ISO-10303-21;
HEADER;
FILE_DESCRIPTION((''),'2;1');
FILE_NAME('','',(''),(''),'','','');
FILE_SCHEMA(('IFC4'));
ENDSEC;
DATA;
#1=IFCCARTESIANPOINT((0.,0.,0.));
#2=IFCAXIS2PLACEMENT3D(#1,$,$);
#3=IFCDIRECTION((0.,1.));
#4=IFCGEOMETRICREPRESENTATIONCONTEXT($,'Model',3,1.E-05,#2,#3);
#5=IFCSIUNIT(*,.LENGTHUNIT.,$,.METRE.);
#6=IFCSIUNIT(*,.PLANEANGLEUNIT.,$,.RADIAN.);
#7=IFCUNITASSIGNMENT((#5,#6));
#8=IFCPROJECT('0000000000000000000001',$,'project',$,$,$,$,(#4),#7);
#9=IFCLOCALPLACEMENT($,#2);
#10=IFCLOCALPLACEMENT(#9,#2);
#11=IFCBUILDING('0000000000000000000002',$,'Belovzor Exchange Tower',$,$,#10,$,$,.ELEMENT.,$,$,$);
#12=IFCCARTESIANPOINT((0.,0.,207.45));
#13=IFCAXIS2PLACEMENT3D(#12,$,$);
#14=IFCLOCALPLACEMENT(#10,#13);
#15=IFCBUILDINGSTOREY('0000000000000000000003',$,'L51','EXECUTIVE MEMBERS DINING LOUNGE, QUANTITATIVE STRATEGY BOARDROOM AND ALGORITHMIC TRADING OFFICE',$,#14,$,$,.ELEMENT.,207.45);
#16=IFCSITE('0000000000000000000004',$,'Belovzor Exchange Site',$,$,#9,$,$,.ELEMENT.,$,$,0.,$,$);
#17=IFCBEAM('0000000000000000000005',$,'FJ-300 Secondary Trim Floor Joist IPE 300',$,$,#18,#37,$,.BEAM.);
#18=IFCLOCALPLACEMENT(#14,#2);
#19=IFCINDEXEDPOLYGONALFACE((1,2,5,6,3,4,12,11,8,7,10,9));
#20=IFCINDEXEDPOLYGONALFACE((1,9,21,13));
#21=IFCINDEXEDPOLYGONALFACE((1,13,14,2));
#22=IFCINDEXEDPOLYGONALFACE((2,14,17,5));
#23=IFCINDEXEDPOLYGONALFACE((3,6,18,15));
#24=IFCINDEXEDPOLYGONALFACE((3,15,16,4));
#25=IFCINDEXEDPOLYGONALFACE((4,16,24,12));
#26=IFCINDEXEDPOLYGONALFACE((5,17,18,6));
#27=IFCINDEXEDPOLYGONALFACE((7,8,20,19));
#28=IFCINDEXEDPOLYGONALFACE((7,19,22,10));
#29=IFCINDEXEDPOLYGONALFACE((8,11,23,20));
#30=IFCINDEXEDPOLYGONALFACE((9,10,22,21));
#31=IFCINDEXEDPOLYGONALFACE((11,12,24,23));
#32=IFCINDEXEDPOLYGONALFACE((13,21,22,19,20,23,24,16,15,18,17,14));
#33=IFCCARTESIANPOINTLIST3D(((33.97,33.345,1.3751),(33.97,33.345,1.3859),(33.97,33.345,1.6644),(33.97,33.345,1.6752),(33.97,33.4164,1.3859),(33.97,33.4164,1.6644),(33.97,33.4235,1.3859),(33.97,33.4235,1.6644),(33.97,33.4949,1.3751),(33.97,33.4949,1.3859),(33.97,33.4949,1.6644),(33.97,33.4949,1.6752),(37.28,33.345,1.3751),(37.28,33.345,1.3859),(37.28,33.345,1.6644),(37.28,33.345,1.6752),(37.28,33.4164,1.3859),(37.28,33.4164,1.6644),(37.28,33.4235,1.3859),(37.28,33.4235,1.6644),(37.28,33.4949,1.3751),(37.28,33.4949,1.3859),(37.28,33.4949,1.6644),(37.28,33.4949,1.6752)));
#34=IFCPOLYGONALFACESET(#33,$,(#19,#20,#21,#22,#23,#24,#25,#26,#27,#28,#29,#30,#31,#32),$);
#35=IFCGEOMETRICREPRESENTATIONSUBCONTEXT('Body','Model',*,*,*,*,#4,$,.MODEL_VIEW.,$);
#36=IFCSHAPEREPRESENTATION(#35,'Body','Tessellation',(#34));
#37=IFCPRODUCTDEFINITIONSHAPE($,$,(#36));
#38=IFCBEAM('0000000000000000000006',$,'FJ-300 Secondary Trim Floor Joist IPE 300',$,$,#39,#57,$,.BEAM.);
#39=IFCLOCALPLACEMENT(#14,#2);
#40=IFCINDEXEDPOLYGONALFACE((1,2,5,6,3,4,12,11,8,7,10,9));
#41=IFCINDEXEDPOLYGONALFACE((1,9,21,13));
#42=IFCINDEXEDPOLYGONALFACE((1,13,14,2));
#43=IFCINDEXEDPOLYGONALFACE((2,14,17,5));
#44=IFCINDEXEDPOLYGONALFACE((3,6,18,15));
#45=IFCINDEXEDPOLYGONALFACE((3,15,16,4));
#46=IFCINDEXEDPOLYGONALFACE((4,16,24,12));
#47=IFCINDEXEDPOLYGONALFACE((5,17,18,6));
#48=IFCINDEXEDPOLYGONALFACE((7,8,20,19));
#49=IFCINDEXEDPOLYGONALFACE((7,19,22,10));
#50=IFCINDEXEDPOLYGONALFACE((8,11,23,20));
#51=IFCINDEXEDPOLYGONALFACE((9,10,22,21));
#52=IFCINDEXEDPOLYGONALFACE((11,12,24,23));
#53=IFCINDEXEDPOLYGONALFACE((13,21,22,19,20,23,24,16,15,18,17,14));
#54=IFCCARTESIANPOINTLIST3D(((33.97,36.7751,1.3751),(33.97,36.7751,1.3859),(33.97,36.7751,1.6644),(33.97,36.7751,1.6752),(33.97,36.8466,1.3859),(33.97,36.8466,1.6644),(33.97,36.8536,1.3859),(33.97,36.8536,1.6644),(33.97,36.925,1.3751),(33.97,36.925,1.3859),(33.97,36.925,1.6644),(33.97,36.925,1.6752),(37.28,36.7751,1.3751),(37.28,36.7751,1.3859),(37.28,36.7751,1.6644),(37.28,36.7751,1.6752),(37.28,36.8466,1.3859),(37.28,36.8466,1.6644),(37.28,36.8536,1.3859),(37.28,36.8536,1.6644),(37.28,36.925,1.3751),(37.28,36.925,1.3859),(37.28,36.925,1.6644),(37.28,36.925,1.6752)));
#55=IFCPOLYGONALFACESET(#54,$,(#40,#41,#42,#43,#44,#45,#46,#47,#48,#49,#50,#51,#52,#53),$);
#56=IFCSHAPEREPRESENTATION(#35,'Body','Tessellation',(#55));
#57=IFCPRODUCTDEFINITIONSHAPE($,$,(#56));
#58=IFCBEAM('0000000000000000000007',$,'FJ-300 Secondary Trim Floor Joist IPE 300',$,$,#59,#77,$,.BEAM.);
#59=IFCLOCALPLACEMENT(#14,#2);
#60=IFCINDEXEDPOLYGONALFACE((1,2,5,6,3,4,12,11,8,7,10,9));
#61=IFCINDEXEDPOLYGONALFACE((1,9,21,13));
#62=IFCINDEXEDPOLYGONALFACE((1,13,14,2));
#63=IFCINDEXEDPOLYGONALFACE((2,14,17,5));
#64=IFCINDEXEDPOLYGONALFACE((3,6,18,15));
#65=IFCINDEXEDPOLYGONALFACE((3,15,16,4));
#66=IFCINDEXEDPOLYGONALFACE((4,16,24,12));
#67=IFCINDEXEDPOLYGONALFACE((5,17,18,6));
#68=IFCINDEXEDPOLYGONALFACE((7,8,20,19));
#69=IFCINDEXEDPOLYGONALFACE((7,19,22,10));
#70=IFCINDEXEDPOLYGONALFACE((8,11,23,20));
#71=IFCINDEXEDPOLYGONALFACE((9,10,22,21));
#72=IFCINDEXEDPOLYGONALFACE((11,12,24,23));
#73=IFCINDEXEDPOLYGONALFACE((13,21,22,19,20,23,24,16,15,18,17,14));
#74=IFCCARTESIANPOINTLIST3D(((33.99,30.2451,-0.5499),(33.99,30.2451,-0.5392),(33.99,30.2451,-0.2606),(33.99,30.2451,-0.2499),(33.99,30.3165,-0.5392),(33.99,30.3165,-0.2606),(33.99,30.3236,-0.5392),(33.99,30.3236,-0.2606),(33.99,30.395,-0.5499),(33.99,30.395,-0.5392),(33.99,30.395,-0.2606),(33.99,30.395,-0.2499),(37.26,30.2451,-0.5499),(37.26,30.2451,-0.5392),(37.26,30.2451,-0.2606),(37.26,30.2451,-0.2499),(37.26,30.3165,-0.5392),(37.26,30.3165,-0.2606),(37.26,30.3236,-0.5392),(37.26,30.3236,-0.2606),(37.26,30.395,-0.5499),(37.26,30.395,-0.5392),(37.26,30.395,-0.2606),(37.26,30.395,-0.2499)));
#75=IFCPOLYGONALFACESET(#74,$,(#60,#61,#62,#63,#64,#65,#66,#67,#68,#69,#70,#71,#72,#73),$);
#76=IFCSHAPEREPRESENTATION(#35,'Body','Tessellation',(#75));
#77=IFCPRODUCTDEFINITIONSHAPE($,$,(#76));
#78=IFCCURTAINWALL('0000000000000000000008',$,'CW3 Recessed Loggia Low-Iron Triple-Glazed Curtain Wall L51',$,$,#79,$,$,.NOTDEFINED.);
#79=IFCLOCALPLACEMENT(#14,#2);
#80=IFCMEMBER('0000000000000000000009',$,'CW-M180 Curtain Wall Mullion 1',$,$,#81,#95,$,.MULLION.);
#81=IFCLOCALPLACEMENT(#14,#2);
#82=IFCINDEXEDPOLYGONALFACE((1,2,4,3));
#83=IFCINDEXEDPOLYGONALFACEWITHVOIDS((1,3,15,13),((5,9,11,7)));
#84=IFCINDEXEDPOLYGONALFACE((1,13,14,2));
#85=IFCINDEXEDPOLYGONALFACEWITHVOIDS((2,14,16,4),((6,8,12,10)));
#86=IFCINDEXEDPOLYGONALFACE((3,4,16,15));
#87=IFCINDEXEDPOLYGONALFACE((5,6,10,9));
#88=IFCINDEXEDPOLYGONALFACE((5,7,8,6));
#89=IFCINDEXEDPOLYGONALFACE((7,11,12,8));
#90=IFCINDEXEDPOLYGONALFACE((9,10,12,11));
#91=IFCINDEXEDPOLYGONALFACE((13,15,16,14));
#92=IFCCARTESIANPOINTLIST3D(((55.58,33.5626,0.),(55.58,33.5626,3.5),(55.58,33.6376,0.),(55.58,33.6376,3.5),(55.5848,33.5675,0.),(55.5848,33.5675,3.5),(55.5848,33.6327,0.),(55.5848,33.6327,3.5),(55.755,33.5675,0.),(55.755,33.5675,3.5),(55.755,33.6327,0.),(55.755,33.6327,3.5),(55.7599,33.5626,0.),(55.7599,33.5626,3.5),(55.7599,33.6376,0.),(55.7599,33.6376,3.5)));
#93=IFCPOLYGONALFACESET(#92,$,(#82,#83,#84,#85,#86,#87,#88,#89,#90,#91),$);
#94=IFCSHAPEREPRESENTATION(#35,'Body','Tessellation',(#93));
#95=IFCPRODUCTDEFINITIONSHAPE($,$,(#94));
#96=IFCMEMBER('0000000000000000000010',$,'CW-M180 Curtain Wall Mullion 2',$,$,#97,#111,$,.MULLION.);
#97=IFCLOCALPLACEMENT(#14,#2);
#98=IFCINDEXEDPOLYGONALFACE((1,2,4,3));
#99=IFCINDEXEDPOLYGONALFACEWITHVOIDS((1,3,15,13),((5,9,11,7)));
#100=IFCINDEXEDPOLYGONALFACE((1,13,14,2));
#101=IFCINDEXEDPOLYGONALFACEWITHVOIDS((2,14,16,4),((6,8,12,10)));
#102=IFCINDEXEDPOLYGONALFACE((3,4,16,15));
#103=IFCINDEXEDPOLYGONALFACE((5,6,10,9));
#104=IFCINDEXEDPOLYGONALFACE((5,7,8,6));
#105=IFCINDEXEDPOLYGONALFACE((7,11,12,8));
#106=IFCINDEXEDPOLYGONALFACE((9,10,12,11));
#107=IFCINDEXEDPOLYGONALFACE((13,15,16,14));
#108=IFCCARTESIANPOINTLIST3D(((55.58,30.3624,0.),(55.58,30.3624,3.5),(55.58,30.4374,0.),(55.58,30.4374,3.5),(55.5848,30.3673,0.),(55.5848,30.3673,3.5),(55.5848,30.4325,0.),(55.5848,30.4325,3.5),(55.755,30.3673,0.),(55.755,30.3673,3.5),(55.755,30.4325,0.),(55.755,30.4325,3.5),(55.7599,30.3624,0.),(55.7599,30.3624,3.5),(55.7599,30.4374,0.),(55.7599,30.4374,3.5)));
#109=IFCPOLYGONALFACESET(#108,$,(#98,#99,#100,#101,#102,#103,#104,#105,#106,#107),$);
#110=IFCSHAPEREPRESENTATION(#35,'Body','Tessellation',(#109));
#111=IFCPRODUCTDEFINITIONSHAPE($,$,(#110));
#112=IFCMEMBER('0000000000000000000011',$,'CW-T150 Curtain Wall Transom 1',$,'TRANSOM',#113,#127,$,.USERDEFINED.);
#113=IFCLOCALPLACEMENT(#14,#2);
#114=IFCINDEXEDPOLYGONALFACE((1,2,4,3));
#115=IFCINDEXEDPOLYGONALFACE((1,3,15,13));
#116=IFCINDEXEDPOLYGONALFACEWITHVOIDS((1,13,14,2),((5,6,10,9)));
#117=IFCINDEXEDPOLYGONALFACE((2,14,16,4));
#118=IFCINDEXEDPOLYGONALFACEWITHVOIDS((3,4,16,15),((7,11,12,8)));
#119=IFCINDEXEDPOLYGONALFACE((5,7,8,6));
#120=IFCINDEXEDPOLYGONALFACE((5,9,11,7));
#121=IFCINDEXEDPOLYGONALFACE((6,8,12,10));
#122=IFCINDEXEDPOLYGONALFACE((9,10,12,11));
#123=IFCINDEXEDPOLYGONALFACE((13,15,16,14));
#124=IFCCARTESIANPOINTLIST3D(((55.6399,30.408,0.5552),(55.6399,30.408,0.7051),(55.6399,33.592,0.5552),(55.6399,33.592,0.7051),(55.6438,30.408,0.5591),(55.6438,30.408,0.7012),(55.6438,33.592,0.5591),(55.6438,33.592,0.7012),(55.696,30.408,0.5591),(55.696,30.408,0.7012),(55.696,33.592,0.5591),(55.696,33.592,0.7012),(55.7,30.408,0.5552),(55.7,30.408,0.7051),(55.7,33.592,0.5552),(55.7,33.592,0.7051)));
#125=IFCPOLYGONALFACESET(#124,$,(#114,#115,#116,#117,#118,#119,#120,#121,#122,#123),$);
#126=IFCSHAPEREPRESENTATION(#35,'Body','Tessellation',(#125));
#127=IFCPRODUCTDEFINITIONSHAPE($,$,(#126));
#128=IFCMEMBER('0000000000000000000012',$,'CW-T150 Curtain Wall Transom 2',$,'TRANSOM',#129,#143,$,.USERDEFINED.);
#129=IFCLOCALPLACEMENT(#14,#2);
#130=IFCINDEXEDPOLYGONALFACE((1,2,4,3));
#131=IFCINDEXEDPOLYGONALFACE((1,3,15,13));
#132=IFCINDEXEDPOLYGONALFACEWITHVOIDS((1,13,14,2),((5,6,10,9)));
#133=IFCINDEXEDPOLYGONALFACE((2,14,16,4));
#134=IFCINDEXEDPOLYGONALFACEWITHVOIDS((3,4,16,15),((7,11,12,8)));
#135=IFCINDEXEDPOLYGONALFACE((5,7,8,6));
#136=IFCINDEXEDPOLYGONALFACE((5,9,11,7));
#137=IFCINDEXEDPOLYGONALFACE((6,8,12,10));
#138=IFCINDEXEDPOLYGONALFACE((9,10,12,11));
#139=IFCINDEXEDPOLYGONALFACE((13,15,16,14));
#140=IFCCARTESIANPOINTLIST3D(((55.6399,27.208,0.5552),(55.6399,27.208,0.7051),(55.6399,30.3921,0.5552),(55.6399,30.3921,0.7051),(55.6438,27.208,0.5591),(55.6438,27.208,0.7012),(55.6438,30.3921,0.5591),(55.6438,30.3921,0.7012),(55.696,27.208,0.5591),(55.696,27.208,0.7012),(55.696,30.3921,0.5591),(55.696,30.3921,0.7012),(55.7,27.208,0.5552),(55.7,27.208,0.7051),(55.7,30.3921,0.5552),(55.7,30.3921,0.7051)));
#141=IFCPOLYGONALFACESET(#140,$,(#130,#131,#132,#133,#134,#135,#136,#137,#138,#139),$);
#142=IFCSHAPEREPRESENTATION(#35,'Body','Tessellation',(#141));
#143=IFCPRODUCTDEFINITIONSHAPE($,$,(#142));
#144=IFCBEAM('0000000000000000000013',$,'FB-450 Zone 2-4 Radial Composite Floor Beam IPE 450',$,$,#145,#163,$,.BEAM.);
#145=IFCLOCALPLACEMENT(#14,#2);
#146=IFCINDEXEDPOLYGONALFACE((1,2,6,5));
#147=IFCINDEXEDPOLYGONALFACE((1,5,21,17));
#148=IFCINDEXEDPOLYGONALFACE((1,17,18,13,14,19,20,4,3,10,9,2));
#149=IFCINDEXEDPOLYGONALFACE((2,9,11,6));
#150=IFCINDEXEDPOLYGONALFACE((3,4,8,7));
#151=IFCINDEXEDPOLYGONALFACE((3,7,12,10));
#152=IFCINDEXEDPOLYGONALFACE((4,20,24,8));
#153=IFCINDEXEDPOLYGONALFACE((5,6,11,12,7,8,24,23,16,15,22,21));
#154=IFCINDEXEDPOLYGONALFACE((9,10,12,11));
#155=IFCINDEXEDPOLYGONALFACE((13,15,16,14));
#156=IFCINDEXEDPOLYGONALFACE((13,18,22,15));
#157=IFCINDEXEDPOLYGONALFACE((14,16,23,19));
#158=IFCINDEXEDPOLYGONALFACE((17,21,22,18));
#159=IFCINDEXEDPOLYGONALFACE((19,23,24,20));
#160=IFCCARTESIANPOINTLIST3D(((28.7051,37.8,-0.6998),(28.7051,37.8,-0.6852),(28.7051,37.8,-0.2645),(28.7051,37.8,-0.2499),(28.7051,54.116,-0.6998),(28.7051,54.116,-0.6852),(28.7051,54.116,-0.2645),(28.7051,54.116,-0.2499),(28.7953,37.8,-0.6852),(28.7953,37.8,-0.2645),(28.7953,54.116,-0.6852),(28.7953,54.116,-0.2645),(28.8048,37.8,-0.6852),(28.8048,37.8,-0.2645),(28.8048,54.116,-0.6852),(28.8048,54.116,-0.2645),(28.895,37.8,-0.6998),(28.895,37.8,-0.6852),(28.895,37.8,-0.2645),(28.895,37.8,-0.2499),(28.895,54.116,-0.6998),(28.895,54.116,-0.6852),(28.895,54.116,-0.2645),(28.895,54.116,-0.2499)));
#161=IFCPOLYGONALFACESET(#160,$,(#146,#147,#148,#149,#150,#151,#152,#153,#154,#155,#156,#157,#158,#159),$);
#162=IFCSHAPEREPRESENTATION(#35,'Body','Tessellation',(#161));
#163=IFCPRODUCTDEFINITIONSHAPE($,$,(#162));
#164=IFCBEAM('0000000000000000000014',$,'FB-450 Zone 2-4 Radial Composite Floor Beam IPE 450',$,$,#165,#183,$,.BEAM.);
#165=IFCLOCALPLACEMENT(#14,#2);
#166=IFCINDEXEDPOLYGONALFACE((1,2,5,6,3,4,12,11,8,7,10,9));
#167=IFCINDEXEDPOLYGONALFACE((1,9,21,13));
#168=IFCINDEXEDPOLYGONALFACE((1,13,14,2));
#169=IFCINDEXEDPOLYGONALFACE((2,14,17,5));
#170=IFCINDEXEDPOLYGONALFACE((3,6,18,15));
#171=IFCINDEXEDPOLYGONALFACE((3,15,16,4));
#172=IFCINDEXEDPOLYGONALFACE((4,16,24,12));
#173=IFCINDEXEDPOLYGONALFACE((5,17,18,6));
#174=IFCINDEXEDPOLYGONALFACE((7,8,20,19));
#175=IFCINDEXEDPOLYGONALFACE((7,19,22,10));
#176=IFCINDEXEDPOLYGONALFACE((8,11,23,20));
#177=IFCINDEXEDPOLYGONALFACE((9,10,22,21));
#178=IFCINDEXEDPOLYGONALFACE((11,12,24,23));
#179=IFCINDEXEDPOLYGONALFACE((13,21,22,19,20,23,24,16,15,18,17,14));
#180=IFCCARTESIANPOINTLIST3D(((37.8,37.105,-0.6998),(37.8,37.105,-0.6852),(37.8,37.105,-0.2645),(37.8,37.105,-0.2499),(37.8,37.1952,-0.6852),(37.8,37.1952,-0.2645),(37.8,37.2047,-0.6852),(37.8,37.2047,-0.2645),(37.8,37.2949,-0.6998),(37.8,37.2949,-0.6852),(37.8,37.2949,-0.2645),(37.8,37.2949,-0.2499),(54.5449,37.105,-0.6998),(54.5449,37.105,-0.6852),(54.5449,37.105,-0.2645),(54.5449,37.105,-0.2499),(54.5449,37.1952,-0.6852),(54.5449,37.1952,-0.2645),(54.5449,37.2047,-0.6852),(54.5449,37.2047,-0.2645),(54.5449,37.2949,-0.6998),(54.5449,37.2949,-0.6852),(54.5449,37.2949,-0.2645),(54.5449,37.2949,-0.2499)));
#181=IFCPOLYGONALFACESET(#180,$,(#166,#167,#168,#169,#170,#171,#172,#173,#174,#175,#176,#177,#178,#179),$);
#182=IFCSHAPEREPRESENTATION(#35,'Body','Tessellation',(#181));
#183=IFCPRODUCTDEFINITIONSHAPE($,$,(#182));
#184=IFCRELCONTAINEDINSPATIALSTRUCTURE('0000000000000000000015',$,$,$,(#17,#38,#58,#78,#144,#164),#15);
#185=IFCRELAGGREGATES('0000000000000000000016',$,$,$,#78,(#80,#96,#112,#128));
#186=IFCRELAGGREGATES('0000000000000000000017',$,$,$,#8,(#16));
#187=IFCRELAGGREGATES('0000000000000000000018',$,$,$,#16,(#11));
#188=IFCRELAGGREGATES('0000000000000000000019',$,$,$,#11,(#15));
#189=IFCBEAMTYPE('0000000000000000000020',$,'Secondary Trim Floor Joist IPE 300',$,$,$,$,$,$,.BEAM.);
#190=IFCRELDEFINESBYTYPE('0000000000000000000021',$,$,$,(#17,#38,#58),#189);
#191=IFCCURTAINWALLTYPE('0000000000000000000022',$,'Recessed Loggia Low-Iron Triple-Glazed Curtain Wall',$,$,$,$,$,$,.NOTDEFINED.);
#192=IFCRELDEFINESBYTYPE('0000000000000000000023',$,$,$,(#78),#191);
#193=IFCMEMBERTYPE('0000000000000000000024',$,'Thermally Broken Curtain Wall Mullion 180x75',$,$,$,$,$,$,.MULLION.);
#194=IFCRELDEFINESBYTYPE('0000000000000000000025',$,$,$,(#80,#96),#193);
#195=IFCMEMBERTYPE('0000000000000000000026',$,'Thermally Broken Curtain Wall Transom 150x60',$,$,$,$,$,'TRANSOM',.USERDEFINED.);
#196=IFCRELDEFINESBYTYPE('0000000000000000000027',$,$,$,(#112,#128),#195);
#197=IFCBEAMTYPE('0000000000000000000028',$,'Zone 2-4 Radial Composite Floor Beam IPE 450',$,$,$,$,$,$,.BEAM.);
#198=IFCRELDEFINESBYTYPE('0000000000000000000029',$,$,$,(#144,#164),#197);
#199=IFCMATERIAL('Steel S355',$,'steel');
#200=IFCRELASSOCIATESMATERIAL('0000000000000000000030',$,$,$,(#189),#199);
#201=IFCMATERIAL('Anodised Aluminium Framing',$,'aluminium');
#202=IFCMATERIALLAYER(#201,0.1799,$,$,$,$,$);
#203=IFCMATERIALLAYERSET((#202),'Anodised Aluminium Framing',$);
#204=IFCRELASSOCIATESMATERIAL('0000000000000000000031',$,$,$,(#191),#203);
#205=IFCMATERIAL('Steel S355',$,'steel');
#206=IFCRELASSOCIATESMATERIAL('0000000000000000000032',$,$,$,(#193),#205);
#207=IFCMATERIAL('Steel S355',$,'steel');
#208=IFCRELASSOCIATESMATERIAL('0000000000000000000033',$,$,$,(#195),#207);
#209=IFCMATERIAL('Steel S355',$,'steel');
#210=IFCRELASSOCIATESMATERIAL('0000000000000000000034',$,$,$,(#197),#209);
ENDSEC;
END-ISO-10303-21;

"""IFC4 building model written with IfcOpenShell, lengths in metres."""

from ifc_helpers import new_model, si_unit, direction, frame, origin, origin_2d, place, context, subcontext, project, spatial, hollow_rectangle, i_section, extrude, material, layer, layer_set, material_profile, profile_set, type_object, element, aggregate, save


model = new_model("IFC4")

# Units and contexts
model_context = context("Model", 3, precision=1e-05, world=origin(), true_north=direction((0.0, 1.0)))
body_context = subcontext(model_context, "Body", "Model", "MODEL_VIEW")
ifc_project = project(units=[si_unit("LENGTHUNIT", "METRE"), si_unit("PLANEANGLEUNIT", "RADIAN")], contexts=[model_context])

# Site, building, storey
site_placement = place(None, origin())
site = spatial("IfcSite", under=ifc_project, at=site_placement, Name="Belovzor Exchange Site", CompositionType="ELEMENT", RefElevation=0.0)
building_placement = place(site_placement, origin())
building = spatial("IfcBuilding", under=site, at=building_placement, Name="Belovzor Exchange Tower", CompositionType="ELEMENT")
storey_placement = place(building_placement, frame((0.0, 0.0, 207.45)))
storey = spatial("IfcBuildingStorey", under=building, at=storey_placement, Name="L51", Description="EXECUTIVE MEMBERS DINING LOUNGE, QUANTITATIVE STRATEGY BOARDROOM AND ALGORITHMIC TRADING OFFICE", CompositionType="ELEMENT", Elevation=207.45)

# Beams
ifc_material_1 = material(Name="Steel S355", Category="steel")
ifc_material_profile_1 = material_profile(ifc_material_1, i_section(OverallWidth=0.1499, OverallDepth=0.3, WebThickness=0.0071, FlangeThickness=0.0107, at=origin_2d()))
ifc_profile_set_1 = profile_set([ifc_material_profile_1], Name="Steel S355")
beam_type_1 = type_object("IfcBeamType", Name="Secondary Trim Floor Joist IPE 300", PredefinedType="BEAM", material=ifc_profile_set_1)
for number, where, z_axis, x_axis, name in (
    (1, (37.28, 33.4199, 1.5251), (-1.0, 0.0, 0.0), (0.0, -1.0, 0.0), "FJ-300 Secondary Trim Floor Joist IPE 300"),
    (2, (37.28, 36.8501, 1.5251), (-1.0, 0.0, 0.0), (0.0, -1.0, 0.0), "FJ-300 Secondary Trim Floor Joist IPE 300"),
):
    element("IfcBeam", number, at=place(storey_placement, frame(where, z_axis=z_axis, x_axis=x_axis)), inside=storey, type_object=beam_type_1, Name=name, PredefinedType="BEAM", context=body_context, shape_type="SweptSolid", body=[
        extrude(i_section(OverallWidth=0.1499, OverallDepth=0.3, WebThickness=0.0071, FlangeThickness=0.0107, at=origin_2d()), origin(), (0.0, 0.0, 1.0), 3.3101),
    ])
beam_1_placement = place(storey_placement, frame((37.26, 30.3201, -0.3999), z_axis=(-1.0, 0.0, 0.0), x_axis=(0.0, -1.0, 0.0)))
element("IfcBeam", 3, at=beam_1_placement, inside=storey, type_object=beam_type_1, Name="FJ-300 Secondary Trim Floor Joist IPE 300", PredefinedType="BEAM", context=body_context, shape_type="SweptSolid", body=[
    extrude(i_section(OverallWidth=0.1499, OverallDepth=0.3, WebThickness=0.0071, FlangeThickness=0.0107, at=origin_2d()), origin(), (0.0, 0.0, 1.0), 3.27),
])

# Curtain wall, members
ifc_material_2 = material(Name="Anodised Aluminium Framing", Category="aluminium")
ifc_layer_1 = layer(ifc_material_2, 0.1799)
ifc_layer_set_1 = layer_set([ifc_layer_1], Name="Anodised Aluminium Framing")
curtain_wall_type = type_object("IfcCurtainWallType", Name="Recessed Loggia Low-Iron Triple-Glazed Curtain Wall", PredefinedType="NOTDEFINED", material=ifc_layer_set_1)
curtain_wall_placement = place(storey_placement, origin())
curtain_wall = element("IfcCurtainWall", 4, at=curtain_wall_placement, inside=storey, type_object=curtain_wall_type, Name="CW3 Recessed Loggia Low-Iron Triple-Glazed Curtain Wall L51", PredefinedType="NOTDEFINED")
ifc_material_3 = material(Name="Steel S355", Category="steel")
ifc_material_profile_2 = material_profile(ifc_material_3, hollow_rectangle(XDim=0.075, YDim=0.1799, WallThickness=0.0049, at=origin_2d()))
ifc_profile_set_2 = profile_set([ifc_material_profile_2], Name="Steel S355")
member_type_1 = type_object("IfcMemberType", Name="Thermally Broken Curtain Wall Mullion 180x75", PredefinedType="MULLION", material=ifc_profile_set_2)
member_1_placement = place(storey_placement, frame((55.6699, 33.6001, 0.0), z_axis=(0.0, 0.0, 1.0), x_axis=(0.0, -1.0, 0.0)))
member_1 = element("IfcMember", 5, at=member_1_placement, type_object=member_type_1, Name="CW-M180 Curtain Wall Mullion 1", PredefinedType="MULLION", context=body_context, shape_type="SweptSolid", body=[
    extrude(hollow_rectangle(XDim=0.075, YDim=0.1799, WallThickness=0.0049, at=origin_2d()), origin(), (0.0, 0.0, 1.0), 3.5),
])
member_2_placement = place(storey_placement, frame((55.6699, 30.3999, 0.0), z_axis=(0.0, 0.0, 1.0), x_axis=(0.0, -1.0, 0.0)))
member_2 = element("IfcMember", 6, at=member_2_placement, type_object=member_type_1, Name="CW-M180 Curtain Wall Mullion 2", PredefinedType="MULLION", context=body_context, shape_type="SweptSolid", body=[
    extrude(hollow_rectangle(XDim=0.075, YDim=0.1799, WallThickness=0.0049, at=origin_2d()), origin(), (0.0, 0.0, 1.0), 3.5),
])
ifc_material_4 = material(Name="Steel S355", Category="steel")
ifc_material_profile_3 = material_profile(ifc_material_4, hollow_rectangle(XDim=0.0601, YDim=0.1499, WallThickness=0.0039, at=origin_2d()))
ifc_profile_set_3 = profile_set([ifc_material_profile_3], Name="Steel S355")
member_type_2 = type_object("IfcMemberType", Name="Thermally Broken Curtain Wall Transom 150x60", ElementType="TRANSOM", PredefinedType="USERDEFINED", material=ifc_profile_set_3)
member_3_placement = place(storey_placement, frame((55.6699, 33.592, 0.6301), z_axis=(0.0, -1.0, 0.0), x_axis=(1.0, 0.0, 0.0)))
member_3 = element("IfcMember", 7, at=member_3_placement, type_object=member_type_2, Name="CW-T150 Curtain Wall Transom 1", ObjectType="TRANSOM", PredefinedType="USERDEFINED", context=body_context, shape_type="SweptSolid", body=[
    extrude(hollow_rectangle(XDim=0.0601, YDim=0.1499, WallThickness=0.0039, at=origin_2d()), origin(), (0.0, 0.0, 1.0), 3.1841),
])
member_4_placement = place(storey_placement, frame((55.6699, 30.3921, 0.6301), z_axis=(0.0, -1.0, 0.0), x_axis=(1.0, 0.0, 0.0)))
member_4 = element("IfcMember", 8, at=member_4_placement, type_object=member_type_2, Name="CW-T150 Curtain Wall Transom 2", ObjectType="TRANSOM", PredefinedType="USERDEFINED", context=body_context, shape_type="SweptSolid", body=[
    extrude(hollow_rectangle(XDim=0.0601, YDim=0.1499, WallThickness=0.0039, at=origin_2d()), origin(), (0.0, 0.0, 1.0), 3.1841),
])

# Beams
ifc_material_5 = material(Name="Steel S355", Category="steel")
ifc_material_profile_4 = material_profile(ifc_material_5, i_section(OverallWidth=0.1899, OverallDepth=0.45, WebThickness=0.0095, FlangeThickness=0.0146, at=origin_2d()))
ifc_profile_set_4 = profile_set([ifc_material_profile_4], Name="Steel S355")
beam_type_2 = type_object("IfcBeamType", Name="Zone 2-4 Radial Composite Floor Beam IPE 450", PredefinedType="BEAM", material=ifc_profile_set_4)
beam_2_placement = place(storey_placement, frame((28.8, 37.8, -0.4749), z_axis=(0.0, 1.0, 0.0), x_axis=(-1.0, 0.0, 0.0)))
element("IfcBeam", 9, at=beam_2_placement, inside=storey, type_object=beam_type_2, Name="FB-450 Zone 2-4 Radial Composite Floor Beam IPE 450", PredefinedType="BEAM", context=body_context, shape_type="SweptSolid", body=[
    extrude(i_section(OverallWidth=0.1899, OverallDepth=0.45, WebThickness=0.0095, FlangeThickness=0.0146, at=origin_2d()), origin(), (0.0, 0.0, 1.0), 16.3159),
])
beam_3_placement = place(storey_placement, frame((37.8, 37.2, -0.4749), z_axis=(1.0, 0.0, 0.0), x_axis=(0.0, 1.0, 0.0)))
element("IfcBeam", 10, at=beam_3_placement, inside=storey, type_object=beam_type_2, Name="FB-450 Zone 2-4 Radial Composite Floor Beam IPE 450", PredefinedType="BEAM", context=body_context, shape_type="SweptSolid", body=[
    extrude(i_section(OverallWidth=0.1899, OverallDepth=0.45, WebThickness=0.0095, FlangeThickness=0.0146, at=origin_2d()), origin(), (0.0, 0.0, 1.0), 16.7449),
])

aggregate(curtain_wall, [member_1, member_2, member_3, member_4])

save(model, "model.ifc")
